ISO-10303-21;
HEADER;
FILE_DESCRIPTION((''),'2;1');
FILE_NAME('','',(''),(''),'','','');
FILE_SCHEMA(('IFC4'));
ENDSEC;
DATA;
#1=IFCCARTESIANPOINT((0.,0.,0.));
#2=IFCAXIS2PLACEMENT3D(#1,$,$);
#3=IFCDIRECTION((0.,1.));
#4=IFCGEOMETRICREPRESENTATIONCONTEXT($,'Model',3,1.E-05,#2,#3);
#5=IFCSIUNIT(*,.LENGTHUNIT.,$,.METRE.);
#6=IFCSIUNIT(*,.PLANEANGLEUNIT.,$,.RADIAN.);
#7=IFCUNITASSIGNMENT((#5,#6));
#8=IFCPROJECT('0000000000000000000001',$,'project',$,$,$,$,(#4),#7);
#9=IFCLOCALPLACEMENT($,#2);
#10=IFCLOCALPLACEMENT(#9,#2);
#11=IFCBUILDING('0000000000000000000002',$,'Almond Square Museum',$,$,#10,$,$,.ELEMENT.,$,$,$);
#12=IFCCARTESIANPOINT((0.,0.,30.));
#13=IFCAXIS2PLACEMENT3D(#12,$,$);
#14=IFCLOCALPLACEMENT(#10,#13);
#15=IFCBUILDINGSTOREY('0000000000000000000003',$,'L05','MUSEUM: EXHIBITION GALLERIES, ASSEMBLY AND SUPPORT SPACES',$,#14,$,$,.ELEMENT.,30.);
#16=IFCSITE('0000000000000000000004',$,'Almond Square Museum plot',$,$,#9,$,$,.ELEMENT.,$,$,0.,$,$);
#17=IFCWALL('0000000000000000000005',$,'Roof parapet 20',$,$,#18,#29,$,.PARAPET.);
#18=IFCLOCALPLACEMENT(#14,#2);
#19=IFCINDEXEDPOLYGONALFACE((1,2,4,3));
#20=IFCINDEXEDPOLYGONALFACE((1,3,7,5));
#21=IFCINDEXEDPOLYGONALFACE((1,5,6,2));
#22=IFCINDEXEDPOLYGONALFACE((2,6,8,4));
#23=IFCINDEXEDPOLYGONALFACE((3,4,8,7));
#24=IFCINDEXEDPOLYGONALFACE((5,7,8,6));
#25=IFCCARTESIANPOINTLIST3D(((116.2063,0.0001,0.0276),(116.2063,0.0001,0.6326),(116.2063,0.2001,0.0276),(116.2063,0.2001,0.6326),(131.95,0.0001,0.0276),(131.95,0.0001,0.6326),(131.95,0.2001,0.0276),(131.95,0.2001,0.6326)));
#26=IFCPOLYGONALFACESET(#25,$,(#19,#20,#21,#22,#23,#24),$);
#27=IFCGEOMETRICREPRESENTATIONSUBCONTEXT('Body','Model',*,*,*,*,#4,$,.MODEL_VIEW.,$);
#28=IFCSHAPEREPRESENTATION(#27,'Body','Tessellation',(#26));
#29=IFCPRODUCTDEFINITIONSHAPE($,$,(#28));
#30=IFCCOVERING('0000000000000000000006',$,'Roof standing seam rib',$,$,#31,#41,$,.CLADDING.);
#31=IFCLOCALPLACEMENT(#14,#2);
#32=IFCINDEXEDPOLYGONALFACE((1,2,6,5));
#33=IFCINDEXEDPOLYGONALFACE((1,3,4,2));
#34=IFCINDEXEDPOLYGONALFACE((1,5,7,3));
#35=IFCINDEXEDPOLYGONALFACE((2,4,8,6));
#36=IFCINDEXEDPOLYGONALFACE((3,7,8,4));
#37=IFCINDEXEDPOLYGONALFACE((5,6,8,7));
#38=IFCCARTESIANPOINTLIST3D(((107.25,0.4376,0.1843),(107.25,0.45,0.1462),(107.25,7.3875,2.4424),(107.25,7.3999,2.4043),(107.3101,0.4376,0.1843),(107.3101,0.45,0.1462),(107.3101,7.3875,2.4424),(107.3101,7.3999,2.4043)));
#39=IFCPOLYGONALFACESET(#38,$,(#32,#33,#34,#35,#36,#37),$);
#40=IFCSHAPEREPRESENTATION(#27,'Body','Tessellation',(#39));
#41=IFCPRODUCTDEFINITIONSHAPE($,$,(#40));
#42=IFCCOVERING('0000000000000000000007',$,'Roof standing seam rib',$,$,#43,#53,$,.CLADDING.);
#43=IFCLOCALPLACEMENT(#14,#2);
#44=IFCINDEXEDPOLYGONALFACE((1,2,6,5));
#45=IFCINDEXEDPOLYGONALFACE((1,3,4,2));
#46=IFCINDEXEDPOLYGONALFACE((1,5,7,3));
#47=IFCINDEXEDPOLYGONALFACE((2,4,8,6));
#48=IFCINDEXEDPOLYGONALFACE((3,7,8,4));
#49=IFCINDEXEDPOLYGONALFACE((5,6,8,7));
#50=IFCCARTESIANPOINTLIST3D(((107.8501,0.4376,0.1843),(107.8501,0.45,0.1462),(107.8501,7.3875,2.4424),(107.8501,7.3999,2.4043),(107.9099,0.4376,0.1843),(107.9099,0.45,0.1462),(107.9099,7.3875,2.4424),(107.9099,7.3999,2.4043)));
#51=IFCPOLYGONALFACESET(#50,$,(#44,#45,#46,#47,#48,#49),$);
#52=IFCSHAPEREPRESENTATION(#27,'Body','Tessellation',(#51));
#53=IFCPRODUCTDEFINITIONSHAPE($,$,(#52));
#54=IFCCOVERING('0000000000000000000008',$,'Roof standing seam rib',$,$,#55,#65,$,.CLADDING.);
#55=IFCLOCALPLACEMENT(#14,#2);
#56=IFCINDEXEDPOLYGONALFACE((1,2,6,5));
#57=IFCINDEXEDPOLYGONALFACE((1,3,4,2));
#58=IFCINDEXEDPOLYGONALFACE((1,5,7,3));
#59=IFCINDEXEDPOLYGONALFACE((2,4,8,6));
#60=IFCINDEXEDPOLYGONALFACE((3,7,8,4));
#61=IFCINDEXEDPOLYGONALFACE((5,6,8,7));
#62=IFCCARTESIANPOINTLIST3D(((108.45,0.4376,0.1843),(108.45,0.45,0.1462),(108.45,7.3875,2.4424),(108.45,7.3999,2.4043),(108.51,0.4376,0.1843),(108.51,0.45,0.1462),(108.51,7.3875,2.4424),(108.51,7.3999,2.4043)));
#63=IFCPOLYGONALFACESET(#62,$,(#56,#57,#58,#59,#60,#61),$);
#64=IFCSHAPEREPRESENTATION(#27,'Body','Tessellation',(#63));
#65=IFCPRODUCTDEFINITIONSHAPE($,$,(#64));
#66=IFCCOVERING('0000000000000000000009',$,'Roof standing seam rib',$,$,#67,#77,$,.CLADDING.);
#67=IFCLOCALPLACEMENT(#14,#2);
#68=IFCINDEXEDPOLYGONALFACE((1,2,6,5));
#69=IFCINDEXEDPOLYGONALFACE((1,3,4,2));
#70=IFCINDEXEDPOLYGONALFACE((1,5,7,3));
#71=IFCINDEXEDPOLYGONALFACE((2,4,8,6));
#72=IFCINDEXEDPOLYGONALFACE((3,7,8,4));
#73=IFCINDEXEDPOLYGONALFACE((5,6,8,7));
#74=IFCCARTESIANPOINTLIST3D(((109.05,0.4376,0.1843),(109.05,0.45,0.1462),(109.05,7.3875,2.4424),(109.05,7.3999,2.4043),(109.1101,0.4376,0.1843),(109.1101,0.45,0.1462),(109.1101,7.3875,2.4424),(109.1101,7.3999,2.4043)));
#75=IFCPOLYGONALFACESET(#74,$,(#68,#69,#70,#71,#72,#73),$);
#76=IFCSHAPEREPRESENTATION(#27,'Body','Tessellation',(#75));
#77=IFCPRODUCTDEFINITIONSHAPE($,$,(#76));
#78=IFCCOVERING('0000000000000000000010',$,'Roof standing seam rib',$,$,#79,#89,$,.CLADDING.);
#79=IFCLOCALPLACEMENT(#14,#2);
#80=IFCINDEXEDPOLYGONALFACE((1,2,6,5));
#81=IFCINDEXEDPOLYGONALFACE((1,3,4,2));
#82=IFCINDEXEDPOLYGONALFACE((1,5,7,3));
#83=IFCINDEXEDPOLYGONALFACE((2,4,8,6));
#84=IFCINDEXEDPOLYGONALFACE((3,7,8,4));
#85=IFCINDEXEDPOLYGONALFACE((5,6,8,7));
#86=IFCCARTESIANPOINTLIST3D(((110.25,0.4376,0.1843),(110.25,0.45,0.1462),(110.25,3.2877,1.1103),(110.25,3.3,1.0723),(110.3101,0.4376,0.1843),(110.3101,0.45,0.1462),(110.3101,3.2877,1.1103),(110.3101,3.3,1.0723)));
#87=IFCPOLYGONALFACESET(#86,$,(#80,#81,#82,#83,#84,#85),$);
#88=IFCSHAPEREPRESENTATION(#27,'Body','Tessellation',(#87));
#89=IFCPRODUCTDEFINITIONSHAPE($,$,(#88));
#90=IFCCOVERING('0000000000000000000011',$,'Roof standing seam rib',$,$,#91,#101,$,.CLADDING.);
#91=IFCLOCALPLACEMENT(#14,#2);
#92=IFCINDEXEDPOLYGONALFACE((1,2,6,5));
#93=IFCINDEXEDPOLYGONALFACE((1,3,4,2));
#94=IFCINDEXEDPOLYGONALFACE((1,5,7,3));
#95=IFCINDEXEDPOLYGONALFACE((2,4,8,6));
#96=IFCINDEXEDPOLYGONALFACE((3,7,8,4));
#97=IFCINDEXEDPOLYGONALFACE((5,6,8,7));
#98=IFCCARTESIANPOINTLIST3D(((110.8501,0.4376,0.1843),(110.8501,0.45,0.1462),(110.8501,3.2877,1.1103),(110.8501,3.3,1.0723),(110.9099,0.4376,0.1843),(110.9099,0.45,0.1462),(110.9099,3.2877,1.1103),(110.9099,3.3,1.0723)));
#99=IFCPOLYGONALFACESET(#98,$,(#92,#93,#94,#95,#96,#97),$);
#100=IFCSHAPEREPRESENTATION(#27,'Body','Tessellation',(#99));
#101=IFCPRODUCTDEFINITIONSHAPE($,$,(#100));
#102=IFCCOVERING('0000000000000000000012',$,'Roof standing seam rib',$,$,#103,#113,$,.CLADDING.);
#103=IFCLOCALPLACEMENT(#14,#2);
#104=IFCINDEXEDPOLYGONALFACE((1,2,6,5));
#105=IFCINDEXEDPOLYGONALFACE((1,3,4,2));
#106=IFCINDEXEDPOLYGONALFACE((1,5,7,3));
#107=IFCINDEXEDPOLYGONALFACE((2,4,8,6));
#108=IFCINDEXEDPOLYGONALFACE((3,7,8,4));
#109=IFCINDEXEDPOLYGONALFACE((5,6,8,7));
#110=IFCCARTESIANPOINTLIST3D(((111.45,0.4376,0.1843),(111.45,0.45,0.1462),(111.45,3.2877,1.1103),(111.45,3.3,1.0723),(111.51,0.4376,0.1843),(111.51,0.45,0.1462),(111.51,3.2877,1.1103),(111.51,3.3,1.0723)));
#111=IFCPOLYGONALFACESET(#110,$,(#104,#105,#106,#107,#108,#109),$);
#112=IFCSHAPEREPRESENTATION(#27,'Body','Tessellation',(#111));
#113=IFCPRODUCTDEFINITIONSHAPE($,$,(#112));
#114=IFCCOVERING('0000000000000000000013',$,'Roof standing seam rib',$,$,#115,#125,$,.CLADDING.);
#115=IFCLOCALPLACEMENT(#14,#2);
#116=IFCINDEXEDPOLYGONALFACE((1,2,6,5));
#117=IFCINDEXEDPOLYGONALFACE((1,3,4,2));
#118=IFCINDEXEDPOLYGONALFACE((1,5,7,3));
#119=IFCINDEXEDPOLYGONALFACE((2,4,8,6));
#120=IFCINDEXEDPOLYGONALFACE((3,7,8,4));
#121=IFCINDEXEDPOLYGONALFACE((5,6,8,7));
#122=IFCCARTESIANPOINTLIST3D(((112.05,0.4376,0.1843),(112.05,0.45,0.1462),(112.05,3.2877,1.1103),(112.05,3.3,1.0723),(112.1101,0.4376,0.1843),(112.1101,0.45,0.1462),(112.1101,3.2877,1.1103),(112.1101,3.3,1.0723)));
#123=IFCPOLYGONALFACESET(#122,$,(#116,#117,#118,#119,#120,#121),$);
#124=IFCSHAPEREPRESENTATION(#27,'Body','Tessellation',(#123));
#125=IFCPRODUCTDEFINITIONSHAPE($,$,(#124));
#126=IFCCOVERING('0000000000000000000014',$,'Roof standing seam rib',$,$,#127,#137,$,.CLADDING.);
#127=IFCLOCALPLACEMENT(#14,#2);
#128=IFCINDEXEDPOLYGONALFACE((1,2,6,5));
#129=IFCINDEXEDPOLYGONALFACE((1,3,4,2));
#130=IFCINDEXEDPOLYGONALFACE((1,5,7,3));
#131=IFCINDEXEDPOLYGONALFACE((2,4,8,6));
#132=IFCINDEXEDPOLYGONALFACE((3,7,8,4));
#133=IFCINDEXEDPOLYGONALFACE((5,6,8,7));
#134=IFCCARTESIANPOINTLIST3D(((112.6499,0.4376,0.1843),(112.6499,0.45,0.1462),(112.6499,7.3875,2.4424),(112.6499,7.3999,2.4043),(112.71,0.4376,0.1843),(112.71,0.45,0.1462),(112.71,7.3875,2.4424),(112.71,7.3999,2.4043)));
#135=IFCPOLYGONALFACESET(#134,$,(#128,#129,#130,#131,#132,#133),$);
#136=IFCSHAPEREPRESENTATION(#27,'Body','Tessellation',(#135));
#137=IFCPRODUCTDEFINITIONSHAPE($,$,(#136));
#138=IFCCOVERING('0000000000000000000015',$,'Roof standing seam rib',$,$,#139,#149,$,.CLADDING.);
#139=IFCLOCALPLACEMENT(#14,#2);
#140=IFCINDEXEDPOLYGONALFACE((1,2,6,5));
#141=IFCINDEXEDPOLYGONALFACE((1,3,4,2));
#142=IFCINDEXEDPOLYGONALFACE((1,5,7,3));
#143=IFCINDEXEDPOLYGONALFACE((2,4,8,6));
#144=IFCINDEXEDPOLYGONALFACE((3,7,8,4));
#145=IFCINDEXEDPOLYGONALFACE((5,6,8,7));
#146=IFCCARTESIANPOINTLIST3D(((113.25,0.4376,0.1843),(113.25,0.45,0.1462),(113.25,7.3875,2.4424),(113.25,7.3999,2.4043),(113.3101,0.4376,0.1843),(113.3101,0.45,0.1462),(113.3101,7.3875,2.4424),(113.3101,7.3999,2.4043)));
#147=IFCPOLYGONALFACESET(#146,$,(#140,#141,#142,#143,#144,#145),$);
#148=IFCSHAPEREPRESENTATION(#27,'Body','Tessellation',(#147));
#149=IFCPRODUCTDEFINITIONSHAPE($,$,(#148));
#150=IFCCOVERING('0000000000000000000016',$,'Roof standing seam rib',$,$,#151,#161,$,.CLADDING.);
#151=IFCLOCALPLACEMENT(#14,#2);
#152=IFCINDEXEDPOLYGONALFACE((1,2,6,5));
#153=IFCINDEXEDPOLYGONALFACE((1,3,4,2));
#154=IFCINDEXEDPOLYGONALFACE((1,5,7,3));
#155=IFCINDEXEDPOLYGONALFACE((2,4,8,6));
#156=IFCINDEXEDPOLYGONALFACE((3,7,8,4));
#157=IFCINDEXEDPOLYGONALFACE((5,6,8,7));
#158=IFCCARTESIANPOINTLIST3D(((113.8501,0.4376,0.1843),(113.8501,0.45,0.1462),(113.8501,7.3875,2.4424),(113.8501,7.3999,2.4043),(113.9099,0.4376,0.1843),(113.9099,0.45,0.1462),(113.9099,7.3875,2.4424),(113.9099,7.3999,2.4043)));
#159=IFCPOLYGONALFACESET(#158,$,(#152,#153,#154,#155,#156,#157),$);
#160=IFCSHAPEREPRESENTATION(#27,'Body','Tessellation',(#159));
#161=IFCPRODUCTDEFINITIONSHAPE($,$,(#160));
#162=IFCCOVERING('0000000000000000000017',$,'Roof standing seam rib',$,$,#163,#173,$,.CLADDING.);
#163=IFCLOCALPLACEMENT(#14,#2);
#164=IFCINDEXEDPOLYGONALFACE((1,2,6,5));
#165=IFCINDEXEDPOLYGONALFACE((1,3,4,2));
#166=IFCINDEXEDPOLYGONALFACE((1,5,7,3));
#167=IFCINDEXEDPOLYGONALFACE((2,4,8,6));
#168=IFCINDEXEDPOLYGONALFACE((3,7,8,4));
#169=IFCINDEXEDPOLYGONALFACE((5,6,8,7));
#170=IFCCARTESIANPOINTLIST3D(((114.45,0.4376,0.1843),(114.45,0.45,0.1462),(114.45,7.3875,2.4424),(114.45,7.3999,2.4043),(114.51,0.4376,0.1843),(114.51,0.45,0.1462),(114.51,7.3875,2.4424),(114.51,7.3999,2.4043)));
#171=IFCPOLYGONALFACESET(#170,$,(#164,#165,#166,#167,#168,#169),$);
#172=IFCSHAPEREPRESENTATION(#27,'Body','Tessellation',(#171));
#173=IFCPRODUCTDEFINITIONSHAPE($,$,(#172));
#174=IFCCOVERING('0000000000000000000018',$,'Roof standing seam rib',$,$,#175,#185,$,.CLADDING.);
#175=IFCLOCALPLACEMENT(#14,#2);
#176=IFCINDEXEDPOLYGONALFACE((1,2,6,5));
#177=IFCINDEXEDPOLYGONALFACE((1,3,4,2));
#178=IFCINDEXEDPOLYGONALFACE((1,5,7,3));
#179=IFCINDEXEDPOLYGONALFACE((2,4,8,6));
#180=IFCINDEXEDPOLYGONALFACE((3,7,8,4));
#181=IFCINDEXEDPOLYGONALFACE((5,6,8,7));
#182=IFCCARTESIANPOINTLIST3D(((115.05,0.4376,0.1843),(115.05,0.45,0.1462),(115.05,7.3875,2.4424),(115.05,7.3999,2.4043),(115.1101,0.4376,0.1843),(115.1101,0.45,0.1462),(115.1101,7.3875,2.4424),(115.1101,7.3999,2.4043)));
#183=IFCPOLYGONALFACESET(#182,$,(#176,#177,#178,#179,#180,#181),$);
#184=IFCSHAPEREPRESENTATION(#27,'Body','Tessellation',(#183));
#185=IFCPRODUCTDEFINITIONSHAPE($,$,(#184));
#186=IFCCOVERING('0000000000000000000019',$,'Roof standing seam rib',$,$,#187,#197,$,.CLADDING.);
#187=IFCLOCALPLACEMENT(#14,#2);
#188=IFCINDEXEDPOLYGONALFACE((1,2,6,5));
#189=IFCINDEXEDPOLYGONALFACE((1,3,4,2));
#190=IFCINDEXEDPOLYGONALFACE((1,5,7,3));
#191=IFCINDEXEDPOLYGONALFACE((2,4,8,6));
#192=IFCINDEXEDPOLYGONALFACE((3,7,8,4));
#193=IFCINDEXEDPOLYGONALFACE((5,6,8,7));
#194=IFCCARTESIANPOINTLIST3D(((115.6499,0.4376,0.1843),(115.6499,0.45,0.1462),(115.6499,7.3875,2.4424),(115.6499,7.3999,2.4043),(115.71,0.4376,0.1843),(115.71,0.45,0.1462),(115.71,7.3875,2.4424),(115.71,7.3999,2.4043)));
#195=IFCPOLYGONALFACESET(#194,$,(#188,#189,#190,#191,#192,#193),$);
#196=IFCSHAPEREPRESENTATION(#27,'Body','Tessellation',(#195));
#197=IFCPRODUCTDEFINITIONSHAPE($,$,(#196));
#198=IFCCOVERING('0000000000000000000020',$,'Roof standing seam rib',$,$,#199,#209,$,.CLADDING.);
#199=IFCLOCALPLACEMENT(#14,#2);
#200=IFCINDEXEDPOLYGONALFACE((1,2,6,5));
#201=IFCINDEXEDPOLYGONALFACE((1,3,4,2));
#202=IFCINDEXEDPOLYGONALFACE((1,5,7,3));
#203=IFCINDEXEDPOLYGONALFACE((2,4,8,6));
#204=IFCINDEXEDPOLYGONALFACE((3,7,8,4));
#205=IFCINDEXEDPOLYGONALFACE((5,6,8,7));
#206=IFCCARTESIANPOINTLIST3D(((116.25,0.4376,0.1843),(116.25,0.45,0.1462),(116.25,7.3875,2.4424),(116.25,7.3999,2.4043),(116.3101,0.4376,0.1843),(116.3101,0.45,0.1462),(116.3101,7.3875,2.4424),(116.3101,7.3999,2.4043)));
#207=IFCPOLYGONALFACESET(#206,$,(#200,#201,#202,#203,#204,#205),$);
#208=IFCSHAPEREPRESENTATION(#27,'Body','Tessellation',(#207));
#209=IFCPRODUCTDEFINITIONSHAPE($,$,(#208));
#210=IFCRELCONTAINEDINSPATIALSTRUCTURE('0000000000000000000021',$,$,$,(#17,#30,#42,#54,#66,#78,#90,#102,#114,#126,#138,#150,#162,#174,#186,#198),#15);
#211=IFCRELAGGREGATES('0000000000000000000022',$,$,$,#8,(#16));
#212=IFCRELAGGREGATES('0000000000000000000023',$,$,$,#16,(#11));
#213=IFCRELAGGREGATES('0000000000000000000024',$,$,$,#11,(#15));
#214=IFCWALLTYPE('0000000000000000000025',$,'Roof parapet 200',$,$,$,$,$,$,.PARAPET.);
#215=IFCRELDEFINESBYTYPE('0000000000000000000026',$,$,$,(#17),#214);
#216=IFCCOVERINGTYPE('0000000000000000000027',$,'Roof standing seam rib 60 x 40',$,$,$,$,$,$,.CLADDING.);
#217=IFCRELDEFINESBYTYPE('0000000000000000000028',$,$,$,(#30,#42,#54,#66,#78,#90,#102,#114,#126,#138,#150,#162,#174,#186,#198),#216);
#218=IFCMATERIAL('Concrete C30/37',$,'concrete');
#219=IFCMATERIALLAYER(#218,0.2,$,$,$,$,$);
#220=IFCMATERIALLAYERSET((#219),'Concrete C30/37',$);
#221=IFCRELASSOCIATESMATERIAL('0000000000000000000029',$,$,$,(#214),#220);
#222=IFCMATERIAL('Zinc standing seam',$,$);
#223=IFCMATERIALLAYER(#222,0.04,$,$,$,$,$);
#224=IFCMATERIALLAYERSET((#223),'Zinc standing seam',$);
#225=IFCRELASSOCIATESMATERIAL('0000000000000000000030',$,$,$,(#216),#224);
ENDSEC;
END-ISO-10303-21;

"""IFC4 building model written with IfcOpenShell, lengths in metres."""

from ifc_helpers import new_model, si_unit, direction, frame, frame_2d, origin, place, context, subcontext, project, spatial, polyline, rectangle, outline, extrude, material, layer, layer_set, type_object, element, save


model = new_model("IFC4")

# Units and contexts
model_context = context("Model", 3, precision=1e-05, world=origin(), true_north=direction((0.0, 1.0)))
body_context = subcontext(model_context, "Body", "Model", "MODEL_VIEW")
ifc_project = project(units=[si_unit("LENGTHUNIT", "METRE"), si_unit("PLANEANGLEUNIT", "RADIAN")], contexts=[model_context])

# Site, building, storey
site_placement = place(None, origin())
site = spatial("IfcSite", under=ifc_project, at=site_placement, Name="Almond Square Museum plot", CompositionType="ELEMENT", RefElevation=0.0)
building_placement = place(site_placement, origin())
building = spatial("IfcBuilding", under=site, at=building_placement, Name="Almond Square Museum", CompositionType="ELEMENT")
storey_placement = place(building_placement, frame((0.0, 0.0, 30.0)))
storey = spatial("IfcBuildingStorey", under=building, at=storey_placement, Name="L05", Description="MUSEUM: EXHIBITION GALLERIES, ASSEMBLY AND SUPPORT SPACES", CompositionType="ELEMENT", Elevation=30.0)

# Wall
ifc_material_1 = material(Name="Concrete C30/37", Category="concrete")
ifc_layer_1 = layer(ifc_material_1, 0.2)
ifc_layer_set_1 = layer_set([ifc_layer_1], Name="Concrete C30/37")
wall_type = type_object("IfcWallType", Name="Roof parapet 200", PredefinedType="PARAPET", material=ifc_layer_set_1)
wall_placement = place(storey_placement, frame((116.2063, 0.1001, 0.0276), z_axis=(0.0, 0.0, 1.0), x_axis=(1.0, 0.0, 0.0)))
element("IfcWall", 1, at=wall_placement, inside=storey, type_object=wall_type, Name="Roof parapet 20", PredefinedType="PARAPET", context=body_context, shape_type="SweptSolid", body=[
    extrude(rectangle(XDim=15.7437, YDim=0.2, at=frame_2d((7.8718, 0.0))), origin(), (0.0, 0.0, 1.0), 0.605),
])

# Coverings
ifc_material_2 = material(Name="Zinc standing seam")
ifc_layer_2 = layer(ifc_material_2, 0.04)
ifc_layer_set_2 = layer_set([ifc_layer_2], Name="Zinc standing seam")
covering_type = type_object("IfcCoveringType", Name="Roof standing seam rib 60 x 40", PredefinedType="CLADDING", material=ifc_layer_set_2)
covering_1_placement = place(storey_placement, frame((107.25, 0.45, 0.1462), z_axis=(0.0, -0.309002, 0.951061), x_axis=(1.0, 0.0, 0.0)))
element("IfcCovering", 2, at=covering_1_placement, inside=storey, type_object=covering_type, Name="Roof standing seam rib", PredefinedType="CLADDING", context=body_context, shape_type="SweptSolid", body=[
    extrude(outline(polyline([(0.0, 0.0), (0.0601, 0.0), (0.0601, 7.3076), (0.0, 7.3076), (0.0, 0.0)])), origin(), (0.0, 0.0, 1.0), 0.04),
])
covering_2_placement = place(storey_placement, frame((107.8501, 0.45, 0.1462), z_axis=(0.0, -0.309002, 0.951061), x_axis=(1.0, 0.0, 0.0)))
element("IfcCovering", 3, at=covering_2_placement, inside=storey, type_object=covering_type, Name="Roof standing seam rib", PredefinedType="CLADDING", context=body_context, shape_type="SweptSolid", body=[
    extrude(outline(polyline([(0.0, 0.0), (0.0598, 0.0), (0.0598, 7.3076), (0.0, 7.3076), (0.0, 0.0)])), origin(), (0.0, 0.0, 1.0), 0.04),
])
for number, where, z_axis, x_axis, name in (
    (4, (108.45, 0.45, 0.1462), (0.0, -0.309002, 0.951061), (1.0, 0.0, 0.0), "Roof standing seam rib"),
    (5, (109.05, 0.45, 0.1462), (0.0, -0.309002, 0.951061), (1.0, 0.0, 0.0), "Roof standing seam rib"),
):
    element("IfcCovering", number, at=place(storey_placement, frame(where, z_axis=z_axis, x_axis=x_axis)), inside=storey, type_object=covering_type, Name=name, PredefinedType="CLADDING", context=body_context, shape_type="SweptSolid", body=[
        extrude(outline(polyline([(0.0, 0.0), (0.0601, 0.0), (0.0601, 7.3076), (0.0, 7.3076), (0.0, 0.0)])), origin(), (0.0, 0.0, 1.0), 0.04),
    ])
covering_3_placement = place(storey_placement, frame((110.25, 0.45, 0.1462), z_axis=(0.0, -0.309009, 0.951059), x_axis=(1.0, 0.0, 0.0)))
element("IfcCovering", 6, at=covering_3_placement, inside=storey, type_object=covering_type, Name="Roof standing seam rib", PredefinedType="CLADDING", context=body_context, shape_type="SweptSolid", body=[
    extrude(outline(polyline([(0.0, 0.0), (0.0601, 0.0), (0.0601, 2.9968), (0.0, 2.9968), (0.0, 0.0)])), origin(), (0.0, 0.0, 1.0), 0.04),
])
covering_4_placement = place(storey_placement, frame((110.8501, 0.45, 0.1462), z_axis=(0.0, -0.309009, 0.951059), x_axis=(1.0, 0.0, 0.0)))
element("IfcCovering", 7, at=covering_4_placement, inside=storey, type_object=covering_type, Name="Roof standing seam rib", PredefinedType="CLADDING", context=body_context, shape_type="SweptSolid", body=[
    extrude(outline(polyline([(0.0, 0.0), (0.0598, 0.0), (0.0598, 2.9968), (0.0, 2.9968), (0.0, 0.0)])), origin(), (0.0, 0.0, 1.0), 0.04),
])
for number, where, z_axis, x_axis, name in (
    (8, (111.45, 0.45, 0.1462), (0.0, -0.309009, 0.951059), (1.0, 0.0, 0.0), "Roof standing seam rib"),
    (9, (112.05, 0.45, 0.1462), (0.0, -0.309009, 0.951059), (1.0, 0.0, 0.0), "Roof standing seam rib"),
):
    element("IfcCovering", number, at=place(storey_placement, frame(where, z_axis=z_axis, x_axis=x_axis)), inside=storey, type_object=covering_type, Name=name, PredefinedType="CLADDING", context=body_context, shape_type="SweptSolid", body=[
        extrude(outline(polyline([(0.0, 0.0), (0.0601, 0.0), (0.0601, 2.9968), (0.0, 2.9968), (0.0, 0.0)])), origin(), (0.0, 0.0, 1.0), 0.04),
    ])
for number, where, z_axis, x_axis, name in (
    (10, (112.6499, 0.45, 0.1462), (0.0, -0.309002, 0.951061), (1.0, 0.0, 0.0), "Roof standing seam rib"),
    (11, (113.25, 0.45, 0.1462), (0.0, -0.309002, 0.951061), (1.0, 0.0, 0.0), "Roof standing seam rib"),
):
    element("IfcCovering", number, at=place(storey_placement, frame(where, z_axis=z_axis, x_axis=x_axis)), inside=storey, type_object=covering_type, Name=name, PredefinedType="CLADDING", context=body_context, shape_type="SweptSolid", body=[
        extrude(outline(polyline([(0.0, 0.0), (0.0601, 0.0), (0.0601, 7.3076), (0.0, 7.3076), (0.0, 0.0)])), origin(), (0.0, 0.0, 1.0), 0.04),
    ])
covering_5_placement = place(storey_placement, frame((113.8501, 0.45, 0.1462), z_axis=(0.0, -0.309002, 0.951061), x_axis=(1.0, 0.0, 0.0)))
element("IfcCovering", 12, at=covering_5_placement, inside=storey, type_object=covering_type, Name="Roof standing seam rib", PredefinedType="CLADDING", context=body_context, shape_type="SweptSolid", body=[
    extrude(outline(polyline([(0.0, 0.0), (0.0598, 0.0), (0.0598, 7.3076), (0.0, 7.3076), (0.0, 0.0)])), origin(), (0.0, 0.0, 1.0), 0.04),
])
for number, where, z_axis, x_axis, name in (
    (13, (114.45, 0.45, 0.1462), (0.0, -0.309002, 0.951061), (1.0, 0.0, 0.0), "Roof standing seam rib"),
    (14, (115.05, 0.45, 0.1462), (0.0, -0.309002, 0.951061), (1.0, 0.0, 0.0), "Roof standing seam rib"),
    (15, (115.6499, 0.45, 0.1462), (0.0, -0.309002, 0.951061), (1.0, 0.0, 0.0), "Roof standing seam rib"),
    (16, (116.25, 0.45, 0.1462), (0.0, -0.309002, 0.951061), (1.0, 0.0, 0.0), "Roof standing seam rib"),
):
    element("IfcCovering", number, at=place(storey_placement, frame(where, z_axis=z_axis, x_axis=x_axis)), inside=storey, type_object=covering_type, Name=name, PredefinedType="CLADDING", context=body_context, shape_type="SweptSolid", body=[
        extrude(outline(polyline([(0.0, 0.0), (0.0601, 0.0), (0.0601, 7.3076), (0.0, 7.3076), (0.0, 0.0)])), origin(), (0.0, 0.0, 1.0), 0.04),
    ])

save(model, "model.ifc")
